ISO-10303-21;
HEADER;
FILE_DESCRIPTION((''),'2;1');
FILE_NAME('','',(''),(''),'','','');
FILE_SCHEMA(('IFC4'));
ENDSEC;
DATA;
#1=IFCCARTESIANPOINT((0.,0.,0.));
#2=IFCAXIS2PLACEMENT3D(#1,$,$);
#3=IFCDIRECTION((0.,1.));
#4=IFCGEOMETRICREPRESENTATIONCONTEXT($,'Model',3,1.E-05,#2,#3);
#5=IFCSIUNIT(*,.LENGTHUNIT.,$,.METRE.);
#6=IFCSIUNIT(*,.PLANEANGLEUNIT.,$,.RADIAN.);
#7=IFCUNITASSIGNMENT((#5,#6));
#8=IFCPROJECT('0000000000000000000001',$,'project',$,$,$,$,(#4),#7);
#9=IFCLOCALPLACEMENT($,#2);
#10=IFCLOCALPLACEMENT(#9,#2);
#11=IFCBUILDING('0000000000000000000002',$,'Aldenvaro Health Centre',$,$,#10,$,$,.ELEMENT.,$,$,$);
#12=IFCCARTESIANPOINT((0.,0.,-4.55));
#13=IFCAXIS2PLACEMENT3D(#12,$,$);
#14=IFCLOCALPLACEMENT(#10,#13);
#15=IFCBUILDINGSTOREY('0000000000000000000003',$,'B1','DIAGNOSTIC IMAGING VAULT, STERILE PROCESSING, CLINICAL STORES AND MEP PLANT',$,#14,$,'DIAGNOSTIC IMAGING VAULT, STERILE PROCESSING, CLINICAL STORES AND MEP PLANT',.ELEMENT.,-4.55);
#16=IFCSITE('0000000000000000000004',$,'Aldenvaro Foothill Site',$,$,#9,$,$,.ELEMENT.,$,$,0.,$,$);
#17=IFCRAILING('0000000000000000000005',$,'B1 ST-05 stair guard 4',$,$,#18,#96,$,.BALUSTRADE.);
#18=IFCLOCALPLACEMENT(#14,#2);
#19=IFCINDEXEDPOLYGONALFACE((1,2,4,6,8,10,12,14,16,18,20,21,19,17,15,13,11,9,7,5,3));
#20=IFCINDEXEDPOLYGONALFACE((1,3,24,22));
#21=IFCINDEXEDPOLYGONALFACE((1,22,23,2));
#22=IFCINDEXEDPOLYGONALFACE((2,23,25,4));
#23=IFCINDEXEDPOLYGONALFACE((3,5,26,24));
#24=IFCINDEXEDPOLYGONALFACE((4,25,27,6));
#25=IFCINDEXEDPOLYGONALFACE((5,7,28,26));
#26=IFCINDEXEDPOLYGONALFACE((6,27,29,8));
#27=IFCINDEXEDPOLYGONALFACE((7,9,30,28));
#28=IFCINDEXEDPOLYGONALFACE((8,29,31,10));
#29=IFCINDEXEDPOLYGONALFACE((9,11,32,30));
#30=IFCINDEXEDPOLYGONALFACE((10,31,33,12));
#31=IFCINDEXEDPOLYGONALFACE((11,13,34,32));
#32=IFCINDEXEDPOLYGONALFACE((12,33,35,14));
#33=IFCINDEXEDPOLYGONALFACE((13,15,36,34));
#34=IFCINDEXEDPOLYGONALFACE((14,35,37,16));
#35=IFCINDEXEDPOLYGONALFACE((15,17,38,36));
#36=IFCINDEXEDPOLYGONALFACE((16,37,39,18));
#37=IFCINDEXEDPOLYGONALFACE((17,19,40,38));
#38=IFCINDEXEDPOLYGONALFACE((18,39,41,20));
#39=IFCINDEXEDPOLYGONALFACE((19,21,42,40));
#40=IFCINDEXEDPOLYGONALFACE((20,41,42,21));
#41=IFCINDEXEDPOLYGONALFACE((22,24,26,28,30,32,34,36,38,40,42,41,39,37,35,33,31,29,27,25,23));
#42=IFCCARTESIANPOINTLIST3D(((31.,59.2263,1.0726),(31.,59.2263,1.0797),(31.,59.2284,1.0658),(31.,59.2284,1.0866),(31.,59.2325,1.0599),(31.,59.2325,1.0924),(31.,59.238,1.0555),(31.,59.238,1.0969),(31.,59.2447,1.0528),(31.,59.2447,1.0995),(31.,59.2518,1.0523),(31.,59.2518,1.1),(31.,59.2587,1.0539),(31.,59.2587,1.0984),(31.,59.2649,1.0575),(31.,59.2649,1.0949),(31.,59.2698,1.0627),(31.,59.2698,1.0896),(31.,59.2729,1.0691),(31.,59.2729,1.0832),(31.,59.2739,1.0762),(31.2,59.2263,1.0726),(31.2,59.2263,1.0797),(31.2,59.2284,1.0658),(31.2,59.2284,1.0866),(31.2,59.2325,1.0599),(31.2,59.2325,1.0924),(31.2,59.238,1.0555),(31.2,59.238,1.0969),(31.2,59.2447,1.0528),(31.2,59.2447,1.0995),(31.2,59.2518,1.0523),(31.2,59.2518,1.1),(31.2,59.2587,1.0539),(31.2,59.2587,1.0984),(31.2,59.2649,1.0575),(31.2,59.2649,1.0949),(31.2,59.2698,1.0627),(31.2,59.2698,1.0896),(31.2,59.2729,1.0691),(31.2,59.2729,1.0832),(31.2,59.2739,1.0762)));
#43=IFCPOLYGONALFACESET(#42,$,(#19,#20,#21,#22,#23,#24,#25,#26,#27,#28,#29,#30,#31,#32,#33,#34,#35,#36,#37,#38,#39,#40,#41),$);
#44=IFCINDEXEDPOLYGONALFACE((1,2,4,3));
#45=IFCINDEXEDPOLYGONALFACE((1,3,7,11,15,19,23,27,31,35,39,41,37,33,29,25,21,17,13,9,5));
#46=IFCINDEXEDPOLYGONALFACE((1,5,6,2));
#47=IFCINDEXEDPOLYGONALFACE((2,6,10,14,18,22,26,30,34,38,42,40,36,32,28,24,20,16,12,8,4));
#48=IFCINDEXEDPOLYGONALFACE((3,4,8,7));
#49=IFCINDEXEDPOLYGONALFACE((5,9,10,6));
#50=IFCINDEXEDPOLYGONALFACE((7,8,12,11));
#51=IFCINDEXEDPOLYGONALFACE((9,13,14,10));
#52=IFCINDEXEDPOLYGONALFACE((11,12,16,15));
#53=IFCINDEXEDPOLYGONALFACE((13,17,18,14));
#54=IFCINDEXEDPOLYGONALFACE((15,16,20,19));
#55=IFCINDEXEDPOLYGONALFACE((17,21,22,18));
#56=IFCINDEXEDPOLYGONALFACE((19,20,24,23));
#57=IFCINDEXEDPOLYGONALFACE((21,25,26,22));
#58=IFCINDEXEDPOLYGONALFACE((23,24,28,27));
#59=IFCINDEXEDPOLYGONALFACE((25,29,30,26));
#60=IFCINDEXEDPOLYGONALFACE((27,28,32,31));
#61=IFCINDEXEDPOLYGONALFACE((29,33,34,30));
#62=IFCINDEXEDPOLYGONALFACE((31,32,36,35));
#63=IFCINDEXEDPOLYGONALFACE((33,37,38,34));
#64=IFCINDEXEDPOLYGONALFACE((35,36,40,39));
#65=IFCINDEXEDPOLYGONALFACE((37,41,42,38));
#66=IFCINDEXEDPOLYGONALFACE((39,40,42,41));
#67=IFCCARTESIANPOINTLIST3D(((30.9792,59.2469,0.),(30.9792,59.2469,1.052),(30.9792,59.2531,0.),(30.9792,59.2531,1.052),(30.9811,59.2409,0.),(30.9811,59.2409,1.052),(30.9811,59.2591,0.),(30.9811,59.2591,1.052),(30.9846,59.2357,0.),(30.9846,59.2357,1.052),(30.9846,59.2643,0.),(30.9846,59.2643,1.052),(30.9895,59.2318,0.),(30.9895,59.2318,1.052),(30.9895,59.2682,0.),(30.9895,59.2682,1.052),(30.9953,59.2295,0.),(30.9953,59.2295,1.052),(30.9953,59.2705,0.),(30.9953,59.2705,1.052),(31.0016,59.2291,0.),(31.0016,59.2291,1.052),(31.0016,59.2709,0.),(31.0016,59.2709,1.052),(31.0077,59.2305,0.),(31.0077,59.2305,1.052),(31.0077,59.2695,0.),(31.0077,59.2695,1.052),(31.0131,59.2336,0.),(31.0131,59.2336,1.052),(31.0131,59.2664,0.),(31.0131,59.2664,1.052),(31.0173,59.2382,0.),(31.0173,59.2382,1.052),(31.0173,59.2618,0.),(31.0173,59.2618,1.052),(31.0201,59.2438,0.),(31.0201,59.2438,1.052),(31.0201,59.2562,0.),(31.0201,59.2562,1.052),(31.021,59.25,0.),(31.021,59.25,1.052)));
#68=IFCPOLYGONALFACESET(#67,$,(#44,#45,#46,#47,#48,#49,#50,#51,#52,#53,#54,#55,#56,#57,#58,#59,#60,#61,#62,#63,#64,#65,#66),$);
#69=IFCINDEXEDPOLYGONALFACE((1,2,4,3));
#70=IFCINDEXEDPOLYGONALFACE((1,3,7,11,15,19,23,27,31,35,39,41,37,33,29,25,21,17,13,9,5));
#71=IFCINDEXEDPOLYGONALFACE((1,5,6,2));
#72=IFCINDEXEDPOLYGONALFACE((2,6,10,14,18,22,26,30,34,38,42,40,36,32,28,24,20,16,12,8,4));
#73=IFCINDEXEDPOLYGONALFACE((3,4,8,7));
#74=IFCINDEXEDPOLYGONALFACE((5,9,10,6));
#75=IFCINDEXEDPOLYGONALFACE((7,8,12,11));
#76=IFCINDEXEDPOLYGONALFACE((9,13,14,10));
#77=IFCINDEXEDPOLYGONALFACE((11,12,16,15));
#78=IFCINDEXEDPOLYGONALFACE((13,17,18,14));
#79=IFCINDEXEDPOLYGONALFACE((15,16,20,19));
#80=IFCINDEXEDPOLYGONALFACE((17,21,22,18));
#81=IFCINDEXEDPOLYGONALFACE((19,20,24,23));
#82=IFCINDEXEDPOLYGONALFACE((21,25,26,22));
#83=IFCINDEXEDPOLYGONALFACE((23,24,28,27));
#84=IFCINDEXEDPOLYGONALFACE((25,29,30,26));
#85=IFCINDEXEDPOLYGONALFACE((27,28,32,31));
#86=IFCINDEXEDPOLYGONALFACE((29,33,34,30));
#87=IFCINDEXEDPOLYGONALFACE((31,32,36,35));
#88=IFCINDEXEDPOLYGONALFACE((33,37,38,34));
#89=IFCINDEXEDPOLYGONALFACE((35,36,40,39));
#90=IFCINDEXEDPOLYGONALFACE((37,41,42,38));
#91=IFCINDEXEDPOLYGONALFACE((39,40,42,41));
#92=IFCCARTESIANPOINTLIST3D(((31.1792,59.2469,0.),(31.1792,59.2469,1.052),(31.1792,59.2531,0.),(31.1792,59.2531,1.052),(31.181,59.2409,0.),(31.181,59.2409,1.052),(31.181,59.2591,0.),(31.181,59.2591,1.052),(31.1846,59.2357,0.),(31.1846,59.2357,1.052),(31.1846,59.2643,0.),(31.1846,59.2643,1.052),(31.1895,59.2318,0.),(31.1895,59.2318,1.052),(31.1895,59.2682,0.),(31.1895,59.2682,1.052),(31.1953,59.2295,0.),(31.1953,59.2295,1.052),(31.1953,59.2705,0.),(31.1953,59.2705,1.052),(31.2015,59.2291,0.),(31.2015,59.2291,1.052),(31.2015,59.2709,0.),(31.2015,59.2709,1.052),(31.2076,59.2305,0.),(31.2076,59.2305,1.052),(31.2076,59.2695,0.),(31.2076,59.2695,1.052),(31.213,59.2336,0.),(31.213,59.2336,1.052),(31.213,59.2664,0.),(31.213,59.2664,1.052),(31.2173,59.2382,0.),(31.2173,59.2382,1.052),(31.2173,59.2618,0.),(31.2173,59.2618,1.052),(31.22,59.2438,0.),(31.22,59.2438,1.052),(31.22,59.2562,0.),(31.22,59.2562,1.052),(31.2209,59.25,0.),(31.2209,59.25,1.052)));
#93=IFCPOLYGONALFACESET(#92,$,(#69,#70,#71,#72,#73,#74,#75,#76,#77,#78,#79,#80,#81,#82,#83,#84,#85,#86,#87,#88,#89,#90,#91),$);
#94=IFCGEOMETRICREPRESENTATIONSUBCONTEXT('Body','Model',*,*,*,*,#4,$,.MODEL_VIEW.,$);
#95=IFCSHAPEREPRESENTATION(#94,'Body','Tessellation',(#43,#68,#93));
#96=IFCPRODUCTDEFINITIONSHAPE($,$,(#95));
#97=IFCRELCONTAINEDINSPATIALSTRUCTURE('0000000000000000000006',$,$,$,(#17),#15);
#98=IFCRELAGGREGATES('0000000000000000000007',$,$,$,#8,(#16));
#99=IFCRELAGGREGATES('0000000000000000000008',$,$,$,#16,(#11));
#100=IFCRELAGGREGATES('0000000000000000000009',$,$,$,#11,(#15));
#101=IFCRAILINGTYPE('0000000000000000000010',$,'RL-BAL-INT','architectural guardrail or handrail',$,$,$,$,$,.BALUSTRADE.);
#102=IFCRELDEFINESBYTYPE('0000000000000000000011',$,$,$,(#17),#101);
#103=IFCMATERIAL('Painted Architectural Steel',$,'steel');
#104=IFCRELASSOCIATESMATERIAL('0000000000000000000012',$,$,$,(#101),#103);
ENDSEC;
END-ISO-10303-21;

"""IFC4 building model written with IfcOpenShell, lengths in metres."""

from ifc_helpers import new_model, si_unit, direction, frame, origin, origin_2d, place, context, subcontext, project, spatial, circle, extrude, material, type_object, element, save


model = new_model("IFC4")

# Units and contexts
model_context = context("Model", 3, precision=1e-05, world=origin(), true_north=direction((0.0, 1.0)))
body_context = subcontext(model_context, "Body", "Model", "MODEL_VIEW")
ifc_project = project(units=[si_unit("LENGTHUNIT", "METRE"), si_unit("PLANEANGLEUNIT", "RADIAN")], contexts=[model_context])

# Site, building, storey
site_placement = place(None, origin())
site = spatial("IfcSite", under=ifc_project, at=site_placement, Name="Aldenvaro Foothill Site", CompositionType="ELEMENT", RefElevation=0.0)
building_placement = place(site_placement, origin())
building = spatial("IfcBuilding", under=site, at=building_placement, Name="Aldenvaro Health Centre", CompositionType="ELEMENT")
storey_placement = place(building_placement, frame((0.0, 0.0, -4.55)))
storey = spatial("IfcBuildingStorey", under=building, at=storey_placement, Name="B1", Description="DIAGNOSTIC IMAGING VAULT, STERILE PROCESSING, CLINICAL STORES AND MEP PLANT", LongName="DIAGNOSTIC IMAGING VAULT, STERILE PROCESSING, CLINICAL STORES AND MEP PLANT", CompositionType="ELEMENT", Elevation=-4.55)

# Railing
ifc_material_1 = material(Name="Painted Architectural Steel", Category="steel")
railing_type_1 = type_object("IfcRailingType", Name="RL-BAL-INT", Description="architectural guardrail or handrail", PredefinedType="BALUSTRADE", material=ifc_material_1)
railing_1_placement = place(storey_placement, frame((31.0, 59.25, 0.0)))
element("IfcRailing", 1, at=railing_1_placement, inside=storey, type_object=railing_type_1, Name="B1 ST-05 stair guard 4", PredefinedType="BALUSTRADE", context=body_context, shape_type="SweptSolid", body=[
    extrude(circle(Radius=0.0239, at=origin_2d()), frame((0.0, 0.0, 1.0762), z_axis=(1.0, 0.0, 0.0), x_axis=(0.0, 1.0, 0.0)), (0.0, 0.0, 1.0), 0.2),
    extrude(circle(Radius=0.021, at=origin_2d()), origin(), (0.0, 0.0, 1.0), 1.052),
    extrude(circle(Radius=0.021, at=origin_2d()), frame((0.2, 0.0, 0.0)), (0.0, 0.0, 1.0), 1.052),
])

save(model, "model.ifc")
